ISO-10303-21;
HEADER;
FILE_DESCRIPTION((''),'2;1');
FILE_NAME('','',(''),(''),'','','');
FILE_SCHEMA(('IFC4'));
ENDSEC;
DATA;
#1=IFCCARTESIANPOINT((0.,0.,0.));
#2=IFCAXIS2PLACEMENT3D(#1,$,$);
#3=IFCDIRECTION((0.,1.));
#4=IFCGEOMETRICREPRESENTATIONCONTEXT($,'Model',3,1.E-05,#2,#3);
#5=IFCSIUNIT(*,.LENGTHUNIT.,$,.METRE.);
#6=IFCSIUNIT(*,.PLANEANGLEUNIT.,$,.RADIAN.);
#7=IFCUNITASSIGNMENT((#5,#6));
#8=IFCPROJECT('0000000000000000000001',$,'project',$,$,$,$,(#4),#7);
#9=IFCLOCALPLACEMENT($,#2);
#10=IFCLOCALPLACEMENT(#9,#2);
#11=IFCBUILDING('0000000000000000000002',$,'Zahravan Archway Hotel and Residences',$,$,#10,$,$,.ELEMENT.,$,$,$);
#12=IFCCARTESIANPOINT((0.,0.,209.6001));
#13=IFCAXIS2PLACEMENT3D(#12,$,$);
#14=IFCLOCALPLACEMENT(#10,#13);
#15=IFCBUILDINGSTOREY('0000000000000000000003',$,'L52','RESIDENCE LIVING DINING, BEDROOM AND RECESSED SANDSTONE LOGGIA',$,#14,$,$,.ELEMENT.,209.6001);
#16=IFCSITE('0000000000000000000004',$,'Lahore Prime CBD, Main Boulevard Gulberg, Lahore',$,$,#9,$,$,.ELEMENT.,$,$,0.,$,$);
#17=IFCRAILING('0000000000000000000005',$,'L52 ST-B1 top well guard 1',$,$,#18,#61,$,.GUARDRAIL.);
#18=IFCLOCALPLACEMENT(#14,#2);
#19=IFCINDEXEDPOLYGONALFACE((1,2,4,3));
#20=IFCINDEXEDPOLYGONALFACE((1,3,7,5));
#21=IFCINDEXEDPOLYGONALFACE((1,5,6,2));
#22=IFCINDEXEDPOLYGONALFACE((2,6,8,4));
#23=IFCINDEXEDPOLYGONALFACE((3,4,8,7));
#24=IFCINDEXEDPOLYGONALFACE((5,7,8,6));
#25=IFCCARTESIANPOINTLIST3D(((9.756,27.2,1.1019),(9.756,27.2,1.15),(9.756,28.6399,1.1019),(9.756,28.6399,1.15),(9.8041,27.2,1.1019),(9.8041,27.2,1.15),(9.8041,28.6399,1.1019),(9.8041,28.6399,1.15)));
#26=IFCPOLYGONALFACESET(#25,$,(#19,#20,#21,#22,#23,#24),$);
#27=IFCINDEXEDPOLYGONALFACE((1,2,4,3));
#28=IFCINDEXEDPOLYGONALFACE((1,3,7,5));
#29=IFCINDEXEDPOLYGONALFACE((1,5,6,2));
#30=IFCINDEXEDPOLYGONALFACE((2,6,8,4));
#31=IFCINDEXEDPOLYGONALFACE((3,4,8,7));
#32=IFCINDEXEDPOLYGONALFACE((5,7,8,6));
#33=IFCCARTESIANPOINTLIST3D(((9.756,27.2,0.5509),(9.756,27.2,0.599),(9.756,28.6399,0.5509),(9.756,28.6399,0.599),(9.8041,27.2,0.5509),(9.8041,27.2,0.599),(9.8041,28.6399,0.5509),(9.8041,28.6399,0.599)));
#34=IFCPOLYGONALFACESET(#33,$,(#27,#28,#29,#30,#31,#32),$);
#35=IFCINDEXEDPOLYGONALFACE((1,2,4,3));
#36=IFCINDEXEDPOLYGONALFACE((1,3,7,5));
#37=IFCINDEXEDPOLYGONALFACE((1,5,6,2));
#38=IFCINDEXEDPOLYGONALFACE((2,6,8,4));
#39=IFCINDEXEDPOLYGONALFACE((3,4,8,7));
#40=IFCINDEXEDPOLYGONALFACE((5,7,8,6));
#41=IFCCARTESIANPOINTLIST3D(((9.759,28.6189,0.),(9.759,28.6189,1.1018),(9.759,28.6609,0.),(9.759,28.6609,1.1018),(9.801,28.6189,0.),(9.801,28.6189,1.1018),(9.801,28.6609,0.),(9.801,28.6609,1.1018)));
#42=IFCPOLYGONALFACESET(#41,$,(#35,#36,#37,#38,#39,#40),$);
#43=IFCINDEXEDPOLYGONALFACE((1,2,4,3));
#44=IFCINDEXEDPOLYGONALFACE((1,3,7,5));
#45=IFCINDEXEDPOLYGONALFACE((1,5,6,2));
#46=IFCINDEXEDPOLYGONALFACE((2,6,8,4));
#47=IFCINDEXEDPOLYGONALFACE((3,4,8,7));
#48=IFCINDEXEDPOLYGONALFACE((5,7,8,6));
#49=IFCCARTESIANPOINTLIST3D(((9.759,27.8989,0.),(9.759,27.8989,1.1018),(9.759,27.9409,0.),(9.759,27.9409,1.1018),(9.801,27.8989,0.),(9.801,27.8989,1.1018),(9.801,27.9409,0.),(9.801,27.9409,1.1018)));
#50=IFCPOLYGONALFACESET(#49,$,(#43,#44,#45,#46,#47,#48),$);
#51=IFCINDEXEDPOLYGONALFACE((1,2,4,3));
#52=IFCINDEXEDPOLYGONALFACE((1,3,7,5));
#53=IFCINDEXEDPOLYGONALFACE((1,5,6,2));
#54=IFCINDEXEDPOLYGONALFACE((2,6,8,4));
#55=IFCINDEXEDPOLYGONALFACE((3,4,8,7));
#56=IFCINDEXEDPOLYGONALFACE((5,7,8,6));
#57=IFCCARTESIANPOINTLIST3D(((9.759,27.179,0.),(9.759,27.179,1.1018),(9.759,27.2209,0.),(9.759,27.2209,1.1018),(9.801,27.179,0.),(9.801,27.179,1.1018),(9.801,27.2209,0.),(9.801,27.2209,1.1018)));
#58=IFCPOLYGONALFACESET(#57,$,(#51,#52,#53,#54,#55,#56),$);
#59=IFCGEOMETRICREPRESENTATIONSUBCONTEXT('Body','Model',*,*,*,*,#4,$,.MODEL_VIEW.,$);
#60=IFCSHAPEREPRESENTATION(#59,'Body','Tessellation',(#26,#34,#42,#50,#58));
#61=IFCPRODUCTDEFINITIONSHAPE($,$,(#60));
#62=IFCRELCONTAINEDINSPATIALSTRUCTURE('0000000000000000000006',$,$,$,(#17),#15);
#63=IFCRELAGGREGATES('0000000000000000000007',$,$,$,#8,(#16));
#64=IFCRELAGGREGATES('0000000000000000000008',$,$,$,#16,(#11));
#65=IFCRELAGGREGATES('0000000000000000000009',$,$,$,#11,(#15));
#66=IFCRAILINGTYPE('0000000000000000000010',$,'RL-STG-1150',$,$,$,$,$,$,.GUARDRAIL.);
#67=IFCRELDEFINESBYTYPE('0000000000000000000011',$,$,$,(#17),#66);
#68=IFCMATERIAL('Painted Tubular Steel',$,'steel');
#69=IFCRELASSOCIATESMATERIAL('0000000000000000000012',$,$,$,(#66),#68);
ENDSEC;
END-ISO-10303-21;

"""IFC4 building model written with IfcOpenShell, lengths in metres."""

from ifc_helpers import new_model, si_unit, direction, frame, origin, origin_2d, place, context, subcontext, project, spatial, rectangle, extrude, material, type_object, element, save


model = new_model("IFC4")

# Units and contexts
model_context = context("Model", 3, precision=1e-05, world=origin(), true_north=direction((0.0, 1.0)))
body_context = subcontext(model_context, "Body", "Model", "MODEL_VIEW")
ifc_project = project(units=[si_unit("LENGTHUNIT", "METRE"), si_unit("PLANEANGLEUNIT", "RADIAN")], contexts=[model_context])

# Site, building, storey
site_placement = place(None, origin())
site = spatial("IfcSite", under=ifc_project, at=site_placement, Name="Lahore Prime CBD, Main Boulevard Gulberg, Lahore", CompositionType="ELEMENT", RefElevation=0.0)
building_placement = place(site_placement, origin())
building = spatial("IfcBuilding", under=site, at=building_placement, Name="Zahravan Archway Hotel and Residences", CompositionType="ELEMENT")
storey_placement = place(building_placement, frame((0.0, 0.0, 209.6001)))
storey = spatial("IfcBuildingStorey", under=building, at=storey_placement, Name="L52", Description="RESIDENCE LIVING DINING, BEDROOM AND RECESSED SANDSTONE LOGGIA", CompositionType="ELEMENT", Elevation=209.6001)

# Railing
ifc_material_1 = material(Name="Painted Tubular Steel", Category="steel")
railing_type = type_object("IfcRailingType", Name="RL-STG-1150", PredefinedType="GUARDRAIL", material=ifc_material_1)
railing_placement = place(storey_placement, frame((9.78, 28.6399, 0.0)))
element("IfcRailing", 1, at=railing_placement, inside=storey, type_object=railing_type, Name="L52 ST-B1 top well guard 1", PredefinedType="GUARDRAIL", context=body_context, shape_type="SweptSolid", body=[
    extrude(rectangle(XDim=0.0481, YDim=0.0481, at=origin_2d()), frame((0.0, 0.0, 1.126), z_axis=(0.0, -1.0, 0.0), x_axis=(1.0, 0.0, 0.0)), (0.0, 0.0, 1.0), 1.4399),
    extrude(rectangle(XDim=0.0481, YDim=0.0481, at=origin_2d()), frame((0.0, 0.0, 0.575), z_axis=(0.0, -1.0, 0.0), x_axis=(1.0, 0.0, 0.0)), (0.0, 0.0, 1.0), 1.4399),
    extrude(rectangle(XDim=0.042, YDim=0.042, at=origin_2d()), origin(), (0.0, 0.0, 1.0), 1.1018),
    extrude(rectangle(XDim=0.042, YDim=0.042, at=origin_2d()), frame((0.0, -0.72, 0.0)), (0.0, 0.0, 1.0), 1.1018),
    extrude(rectangle(XDim=0.042, YDim=0.042, at=origin_2d()), frame((0.0, -1.4399, 0.0)), (0.0, 0.0, 1.0), 1.1018),
])

save(model, "model.ifc")
